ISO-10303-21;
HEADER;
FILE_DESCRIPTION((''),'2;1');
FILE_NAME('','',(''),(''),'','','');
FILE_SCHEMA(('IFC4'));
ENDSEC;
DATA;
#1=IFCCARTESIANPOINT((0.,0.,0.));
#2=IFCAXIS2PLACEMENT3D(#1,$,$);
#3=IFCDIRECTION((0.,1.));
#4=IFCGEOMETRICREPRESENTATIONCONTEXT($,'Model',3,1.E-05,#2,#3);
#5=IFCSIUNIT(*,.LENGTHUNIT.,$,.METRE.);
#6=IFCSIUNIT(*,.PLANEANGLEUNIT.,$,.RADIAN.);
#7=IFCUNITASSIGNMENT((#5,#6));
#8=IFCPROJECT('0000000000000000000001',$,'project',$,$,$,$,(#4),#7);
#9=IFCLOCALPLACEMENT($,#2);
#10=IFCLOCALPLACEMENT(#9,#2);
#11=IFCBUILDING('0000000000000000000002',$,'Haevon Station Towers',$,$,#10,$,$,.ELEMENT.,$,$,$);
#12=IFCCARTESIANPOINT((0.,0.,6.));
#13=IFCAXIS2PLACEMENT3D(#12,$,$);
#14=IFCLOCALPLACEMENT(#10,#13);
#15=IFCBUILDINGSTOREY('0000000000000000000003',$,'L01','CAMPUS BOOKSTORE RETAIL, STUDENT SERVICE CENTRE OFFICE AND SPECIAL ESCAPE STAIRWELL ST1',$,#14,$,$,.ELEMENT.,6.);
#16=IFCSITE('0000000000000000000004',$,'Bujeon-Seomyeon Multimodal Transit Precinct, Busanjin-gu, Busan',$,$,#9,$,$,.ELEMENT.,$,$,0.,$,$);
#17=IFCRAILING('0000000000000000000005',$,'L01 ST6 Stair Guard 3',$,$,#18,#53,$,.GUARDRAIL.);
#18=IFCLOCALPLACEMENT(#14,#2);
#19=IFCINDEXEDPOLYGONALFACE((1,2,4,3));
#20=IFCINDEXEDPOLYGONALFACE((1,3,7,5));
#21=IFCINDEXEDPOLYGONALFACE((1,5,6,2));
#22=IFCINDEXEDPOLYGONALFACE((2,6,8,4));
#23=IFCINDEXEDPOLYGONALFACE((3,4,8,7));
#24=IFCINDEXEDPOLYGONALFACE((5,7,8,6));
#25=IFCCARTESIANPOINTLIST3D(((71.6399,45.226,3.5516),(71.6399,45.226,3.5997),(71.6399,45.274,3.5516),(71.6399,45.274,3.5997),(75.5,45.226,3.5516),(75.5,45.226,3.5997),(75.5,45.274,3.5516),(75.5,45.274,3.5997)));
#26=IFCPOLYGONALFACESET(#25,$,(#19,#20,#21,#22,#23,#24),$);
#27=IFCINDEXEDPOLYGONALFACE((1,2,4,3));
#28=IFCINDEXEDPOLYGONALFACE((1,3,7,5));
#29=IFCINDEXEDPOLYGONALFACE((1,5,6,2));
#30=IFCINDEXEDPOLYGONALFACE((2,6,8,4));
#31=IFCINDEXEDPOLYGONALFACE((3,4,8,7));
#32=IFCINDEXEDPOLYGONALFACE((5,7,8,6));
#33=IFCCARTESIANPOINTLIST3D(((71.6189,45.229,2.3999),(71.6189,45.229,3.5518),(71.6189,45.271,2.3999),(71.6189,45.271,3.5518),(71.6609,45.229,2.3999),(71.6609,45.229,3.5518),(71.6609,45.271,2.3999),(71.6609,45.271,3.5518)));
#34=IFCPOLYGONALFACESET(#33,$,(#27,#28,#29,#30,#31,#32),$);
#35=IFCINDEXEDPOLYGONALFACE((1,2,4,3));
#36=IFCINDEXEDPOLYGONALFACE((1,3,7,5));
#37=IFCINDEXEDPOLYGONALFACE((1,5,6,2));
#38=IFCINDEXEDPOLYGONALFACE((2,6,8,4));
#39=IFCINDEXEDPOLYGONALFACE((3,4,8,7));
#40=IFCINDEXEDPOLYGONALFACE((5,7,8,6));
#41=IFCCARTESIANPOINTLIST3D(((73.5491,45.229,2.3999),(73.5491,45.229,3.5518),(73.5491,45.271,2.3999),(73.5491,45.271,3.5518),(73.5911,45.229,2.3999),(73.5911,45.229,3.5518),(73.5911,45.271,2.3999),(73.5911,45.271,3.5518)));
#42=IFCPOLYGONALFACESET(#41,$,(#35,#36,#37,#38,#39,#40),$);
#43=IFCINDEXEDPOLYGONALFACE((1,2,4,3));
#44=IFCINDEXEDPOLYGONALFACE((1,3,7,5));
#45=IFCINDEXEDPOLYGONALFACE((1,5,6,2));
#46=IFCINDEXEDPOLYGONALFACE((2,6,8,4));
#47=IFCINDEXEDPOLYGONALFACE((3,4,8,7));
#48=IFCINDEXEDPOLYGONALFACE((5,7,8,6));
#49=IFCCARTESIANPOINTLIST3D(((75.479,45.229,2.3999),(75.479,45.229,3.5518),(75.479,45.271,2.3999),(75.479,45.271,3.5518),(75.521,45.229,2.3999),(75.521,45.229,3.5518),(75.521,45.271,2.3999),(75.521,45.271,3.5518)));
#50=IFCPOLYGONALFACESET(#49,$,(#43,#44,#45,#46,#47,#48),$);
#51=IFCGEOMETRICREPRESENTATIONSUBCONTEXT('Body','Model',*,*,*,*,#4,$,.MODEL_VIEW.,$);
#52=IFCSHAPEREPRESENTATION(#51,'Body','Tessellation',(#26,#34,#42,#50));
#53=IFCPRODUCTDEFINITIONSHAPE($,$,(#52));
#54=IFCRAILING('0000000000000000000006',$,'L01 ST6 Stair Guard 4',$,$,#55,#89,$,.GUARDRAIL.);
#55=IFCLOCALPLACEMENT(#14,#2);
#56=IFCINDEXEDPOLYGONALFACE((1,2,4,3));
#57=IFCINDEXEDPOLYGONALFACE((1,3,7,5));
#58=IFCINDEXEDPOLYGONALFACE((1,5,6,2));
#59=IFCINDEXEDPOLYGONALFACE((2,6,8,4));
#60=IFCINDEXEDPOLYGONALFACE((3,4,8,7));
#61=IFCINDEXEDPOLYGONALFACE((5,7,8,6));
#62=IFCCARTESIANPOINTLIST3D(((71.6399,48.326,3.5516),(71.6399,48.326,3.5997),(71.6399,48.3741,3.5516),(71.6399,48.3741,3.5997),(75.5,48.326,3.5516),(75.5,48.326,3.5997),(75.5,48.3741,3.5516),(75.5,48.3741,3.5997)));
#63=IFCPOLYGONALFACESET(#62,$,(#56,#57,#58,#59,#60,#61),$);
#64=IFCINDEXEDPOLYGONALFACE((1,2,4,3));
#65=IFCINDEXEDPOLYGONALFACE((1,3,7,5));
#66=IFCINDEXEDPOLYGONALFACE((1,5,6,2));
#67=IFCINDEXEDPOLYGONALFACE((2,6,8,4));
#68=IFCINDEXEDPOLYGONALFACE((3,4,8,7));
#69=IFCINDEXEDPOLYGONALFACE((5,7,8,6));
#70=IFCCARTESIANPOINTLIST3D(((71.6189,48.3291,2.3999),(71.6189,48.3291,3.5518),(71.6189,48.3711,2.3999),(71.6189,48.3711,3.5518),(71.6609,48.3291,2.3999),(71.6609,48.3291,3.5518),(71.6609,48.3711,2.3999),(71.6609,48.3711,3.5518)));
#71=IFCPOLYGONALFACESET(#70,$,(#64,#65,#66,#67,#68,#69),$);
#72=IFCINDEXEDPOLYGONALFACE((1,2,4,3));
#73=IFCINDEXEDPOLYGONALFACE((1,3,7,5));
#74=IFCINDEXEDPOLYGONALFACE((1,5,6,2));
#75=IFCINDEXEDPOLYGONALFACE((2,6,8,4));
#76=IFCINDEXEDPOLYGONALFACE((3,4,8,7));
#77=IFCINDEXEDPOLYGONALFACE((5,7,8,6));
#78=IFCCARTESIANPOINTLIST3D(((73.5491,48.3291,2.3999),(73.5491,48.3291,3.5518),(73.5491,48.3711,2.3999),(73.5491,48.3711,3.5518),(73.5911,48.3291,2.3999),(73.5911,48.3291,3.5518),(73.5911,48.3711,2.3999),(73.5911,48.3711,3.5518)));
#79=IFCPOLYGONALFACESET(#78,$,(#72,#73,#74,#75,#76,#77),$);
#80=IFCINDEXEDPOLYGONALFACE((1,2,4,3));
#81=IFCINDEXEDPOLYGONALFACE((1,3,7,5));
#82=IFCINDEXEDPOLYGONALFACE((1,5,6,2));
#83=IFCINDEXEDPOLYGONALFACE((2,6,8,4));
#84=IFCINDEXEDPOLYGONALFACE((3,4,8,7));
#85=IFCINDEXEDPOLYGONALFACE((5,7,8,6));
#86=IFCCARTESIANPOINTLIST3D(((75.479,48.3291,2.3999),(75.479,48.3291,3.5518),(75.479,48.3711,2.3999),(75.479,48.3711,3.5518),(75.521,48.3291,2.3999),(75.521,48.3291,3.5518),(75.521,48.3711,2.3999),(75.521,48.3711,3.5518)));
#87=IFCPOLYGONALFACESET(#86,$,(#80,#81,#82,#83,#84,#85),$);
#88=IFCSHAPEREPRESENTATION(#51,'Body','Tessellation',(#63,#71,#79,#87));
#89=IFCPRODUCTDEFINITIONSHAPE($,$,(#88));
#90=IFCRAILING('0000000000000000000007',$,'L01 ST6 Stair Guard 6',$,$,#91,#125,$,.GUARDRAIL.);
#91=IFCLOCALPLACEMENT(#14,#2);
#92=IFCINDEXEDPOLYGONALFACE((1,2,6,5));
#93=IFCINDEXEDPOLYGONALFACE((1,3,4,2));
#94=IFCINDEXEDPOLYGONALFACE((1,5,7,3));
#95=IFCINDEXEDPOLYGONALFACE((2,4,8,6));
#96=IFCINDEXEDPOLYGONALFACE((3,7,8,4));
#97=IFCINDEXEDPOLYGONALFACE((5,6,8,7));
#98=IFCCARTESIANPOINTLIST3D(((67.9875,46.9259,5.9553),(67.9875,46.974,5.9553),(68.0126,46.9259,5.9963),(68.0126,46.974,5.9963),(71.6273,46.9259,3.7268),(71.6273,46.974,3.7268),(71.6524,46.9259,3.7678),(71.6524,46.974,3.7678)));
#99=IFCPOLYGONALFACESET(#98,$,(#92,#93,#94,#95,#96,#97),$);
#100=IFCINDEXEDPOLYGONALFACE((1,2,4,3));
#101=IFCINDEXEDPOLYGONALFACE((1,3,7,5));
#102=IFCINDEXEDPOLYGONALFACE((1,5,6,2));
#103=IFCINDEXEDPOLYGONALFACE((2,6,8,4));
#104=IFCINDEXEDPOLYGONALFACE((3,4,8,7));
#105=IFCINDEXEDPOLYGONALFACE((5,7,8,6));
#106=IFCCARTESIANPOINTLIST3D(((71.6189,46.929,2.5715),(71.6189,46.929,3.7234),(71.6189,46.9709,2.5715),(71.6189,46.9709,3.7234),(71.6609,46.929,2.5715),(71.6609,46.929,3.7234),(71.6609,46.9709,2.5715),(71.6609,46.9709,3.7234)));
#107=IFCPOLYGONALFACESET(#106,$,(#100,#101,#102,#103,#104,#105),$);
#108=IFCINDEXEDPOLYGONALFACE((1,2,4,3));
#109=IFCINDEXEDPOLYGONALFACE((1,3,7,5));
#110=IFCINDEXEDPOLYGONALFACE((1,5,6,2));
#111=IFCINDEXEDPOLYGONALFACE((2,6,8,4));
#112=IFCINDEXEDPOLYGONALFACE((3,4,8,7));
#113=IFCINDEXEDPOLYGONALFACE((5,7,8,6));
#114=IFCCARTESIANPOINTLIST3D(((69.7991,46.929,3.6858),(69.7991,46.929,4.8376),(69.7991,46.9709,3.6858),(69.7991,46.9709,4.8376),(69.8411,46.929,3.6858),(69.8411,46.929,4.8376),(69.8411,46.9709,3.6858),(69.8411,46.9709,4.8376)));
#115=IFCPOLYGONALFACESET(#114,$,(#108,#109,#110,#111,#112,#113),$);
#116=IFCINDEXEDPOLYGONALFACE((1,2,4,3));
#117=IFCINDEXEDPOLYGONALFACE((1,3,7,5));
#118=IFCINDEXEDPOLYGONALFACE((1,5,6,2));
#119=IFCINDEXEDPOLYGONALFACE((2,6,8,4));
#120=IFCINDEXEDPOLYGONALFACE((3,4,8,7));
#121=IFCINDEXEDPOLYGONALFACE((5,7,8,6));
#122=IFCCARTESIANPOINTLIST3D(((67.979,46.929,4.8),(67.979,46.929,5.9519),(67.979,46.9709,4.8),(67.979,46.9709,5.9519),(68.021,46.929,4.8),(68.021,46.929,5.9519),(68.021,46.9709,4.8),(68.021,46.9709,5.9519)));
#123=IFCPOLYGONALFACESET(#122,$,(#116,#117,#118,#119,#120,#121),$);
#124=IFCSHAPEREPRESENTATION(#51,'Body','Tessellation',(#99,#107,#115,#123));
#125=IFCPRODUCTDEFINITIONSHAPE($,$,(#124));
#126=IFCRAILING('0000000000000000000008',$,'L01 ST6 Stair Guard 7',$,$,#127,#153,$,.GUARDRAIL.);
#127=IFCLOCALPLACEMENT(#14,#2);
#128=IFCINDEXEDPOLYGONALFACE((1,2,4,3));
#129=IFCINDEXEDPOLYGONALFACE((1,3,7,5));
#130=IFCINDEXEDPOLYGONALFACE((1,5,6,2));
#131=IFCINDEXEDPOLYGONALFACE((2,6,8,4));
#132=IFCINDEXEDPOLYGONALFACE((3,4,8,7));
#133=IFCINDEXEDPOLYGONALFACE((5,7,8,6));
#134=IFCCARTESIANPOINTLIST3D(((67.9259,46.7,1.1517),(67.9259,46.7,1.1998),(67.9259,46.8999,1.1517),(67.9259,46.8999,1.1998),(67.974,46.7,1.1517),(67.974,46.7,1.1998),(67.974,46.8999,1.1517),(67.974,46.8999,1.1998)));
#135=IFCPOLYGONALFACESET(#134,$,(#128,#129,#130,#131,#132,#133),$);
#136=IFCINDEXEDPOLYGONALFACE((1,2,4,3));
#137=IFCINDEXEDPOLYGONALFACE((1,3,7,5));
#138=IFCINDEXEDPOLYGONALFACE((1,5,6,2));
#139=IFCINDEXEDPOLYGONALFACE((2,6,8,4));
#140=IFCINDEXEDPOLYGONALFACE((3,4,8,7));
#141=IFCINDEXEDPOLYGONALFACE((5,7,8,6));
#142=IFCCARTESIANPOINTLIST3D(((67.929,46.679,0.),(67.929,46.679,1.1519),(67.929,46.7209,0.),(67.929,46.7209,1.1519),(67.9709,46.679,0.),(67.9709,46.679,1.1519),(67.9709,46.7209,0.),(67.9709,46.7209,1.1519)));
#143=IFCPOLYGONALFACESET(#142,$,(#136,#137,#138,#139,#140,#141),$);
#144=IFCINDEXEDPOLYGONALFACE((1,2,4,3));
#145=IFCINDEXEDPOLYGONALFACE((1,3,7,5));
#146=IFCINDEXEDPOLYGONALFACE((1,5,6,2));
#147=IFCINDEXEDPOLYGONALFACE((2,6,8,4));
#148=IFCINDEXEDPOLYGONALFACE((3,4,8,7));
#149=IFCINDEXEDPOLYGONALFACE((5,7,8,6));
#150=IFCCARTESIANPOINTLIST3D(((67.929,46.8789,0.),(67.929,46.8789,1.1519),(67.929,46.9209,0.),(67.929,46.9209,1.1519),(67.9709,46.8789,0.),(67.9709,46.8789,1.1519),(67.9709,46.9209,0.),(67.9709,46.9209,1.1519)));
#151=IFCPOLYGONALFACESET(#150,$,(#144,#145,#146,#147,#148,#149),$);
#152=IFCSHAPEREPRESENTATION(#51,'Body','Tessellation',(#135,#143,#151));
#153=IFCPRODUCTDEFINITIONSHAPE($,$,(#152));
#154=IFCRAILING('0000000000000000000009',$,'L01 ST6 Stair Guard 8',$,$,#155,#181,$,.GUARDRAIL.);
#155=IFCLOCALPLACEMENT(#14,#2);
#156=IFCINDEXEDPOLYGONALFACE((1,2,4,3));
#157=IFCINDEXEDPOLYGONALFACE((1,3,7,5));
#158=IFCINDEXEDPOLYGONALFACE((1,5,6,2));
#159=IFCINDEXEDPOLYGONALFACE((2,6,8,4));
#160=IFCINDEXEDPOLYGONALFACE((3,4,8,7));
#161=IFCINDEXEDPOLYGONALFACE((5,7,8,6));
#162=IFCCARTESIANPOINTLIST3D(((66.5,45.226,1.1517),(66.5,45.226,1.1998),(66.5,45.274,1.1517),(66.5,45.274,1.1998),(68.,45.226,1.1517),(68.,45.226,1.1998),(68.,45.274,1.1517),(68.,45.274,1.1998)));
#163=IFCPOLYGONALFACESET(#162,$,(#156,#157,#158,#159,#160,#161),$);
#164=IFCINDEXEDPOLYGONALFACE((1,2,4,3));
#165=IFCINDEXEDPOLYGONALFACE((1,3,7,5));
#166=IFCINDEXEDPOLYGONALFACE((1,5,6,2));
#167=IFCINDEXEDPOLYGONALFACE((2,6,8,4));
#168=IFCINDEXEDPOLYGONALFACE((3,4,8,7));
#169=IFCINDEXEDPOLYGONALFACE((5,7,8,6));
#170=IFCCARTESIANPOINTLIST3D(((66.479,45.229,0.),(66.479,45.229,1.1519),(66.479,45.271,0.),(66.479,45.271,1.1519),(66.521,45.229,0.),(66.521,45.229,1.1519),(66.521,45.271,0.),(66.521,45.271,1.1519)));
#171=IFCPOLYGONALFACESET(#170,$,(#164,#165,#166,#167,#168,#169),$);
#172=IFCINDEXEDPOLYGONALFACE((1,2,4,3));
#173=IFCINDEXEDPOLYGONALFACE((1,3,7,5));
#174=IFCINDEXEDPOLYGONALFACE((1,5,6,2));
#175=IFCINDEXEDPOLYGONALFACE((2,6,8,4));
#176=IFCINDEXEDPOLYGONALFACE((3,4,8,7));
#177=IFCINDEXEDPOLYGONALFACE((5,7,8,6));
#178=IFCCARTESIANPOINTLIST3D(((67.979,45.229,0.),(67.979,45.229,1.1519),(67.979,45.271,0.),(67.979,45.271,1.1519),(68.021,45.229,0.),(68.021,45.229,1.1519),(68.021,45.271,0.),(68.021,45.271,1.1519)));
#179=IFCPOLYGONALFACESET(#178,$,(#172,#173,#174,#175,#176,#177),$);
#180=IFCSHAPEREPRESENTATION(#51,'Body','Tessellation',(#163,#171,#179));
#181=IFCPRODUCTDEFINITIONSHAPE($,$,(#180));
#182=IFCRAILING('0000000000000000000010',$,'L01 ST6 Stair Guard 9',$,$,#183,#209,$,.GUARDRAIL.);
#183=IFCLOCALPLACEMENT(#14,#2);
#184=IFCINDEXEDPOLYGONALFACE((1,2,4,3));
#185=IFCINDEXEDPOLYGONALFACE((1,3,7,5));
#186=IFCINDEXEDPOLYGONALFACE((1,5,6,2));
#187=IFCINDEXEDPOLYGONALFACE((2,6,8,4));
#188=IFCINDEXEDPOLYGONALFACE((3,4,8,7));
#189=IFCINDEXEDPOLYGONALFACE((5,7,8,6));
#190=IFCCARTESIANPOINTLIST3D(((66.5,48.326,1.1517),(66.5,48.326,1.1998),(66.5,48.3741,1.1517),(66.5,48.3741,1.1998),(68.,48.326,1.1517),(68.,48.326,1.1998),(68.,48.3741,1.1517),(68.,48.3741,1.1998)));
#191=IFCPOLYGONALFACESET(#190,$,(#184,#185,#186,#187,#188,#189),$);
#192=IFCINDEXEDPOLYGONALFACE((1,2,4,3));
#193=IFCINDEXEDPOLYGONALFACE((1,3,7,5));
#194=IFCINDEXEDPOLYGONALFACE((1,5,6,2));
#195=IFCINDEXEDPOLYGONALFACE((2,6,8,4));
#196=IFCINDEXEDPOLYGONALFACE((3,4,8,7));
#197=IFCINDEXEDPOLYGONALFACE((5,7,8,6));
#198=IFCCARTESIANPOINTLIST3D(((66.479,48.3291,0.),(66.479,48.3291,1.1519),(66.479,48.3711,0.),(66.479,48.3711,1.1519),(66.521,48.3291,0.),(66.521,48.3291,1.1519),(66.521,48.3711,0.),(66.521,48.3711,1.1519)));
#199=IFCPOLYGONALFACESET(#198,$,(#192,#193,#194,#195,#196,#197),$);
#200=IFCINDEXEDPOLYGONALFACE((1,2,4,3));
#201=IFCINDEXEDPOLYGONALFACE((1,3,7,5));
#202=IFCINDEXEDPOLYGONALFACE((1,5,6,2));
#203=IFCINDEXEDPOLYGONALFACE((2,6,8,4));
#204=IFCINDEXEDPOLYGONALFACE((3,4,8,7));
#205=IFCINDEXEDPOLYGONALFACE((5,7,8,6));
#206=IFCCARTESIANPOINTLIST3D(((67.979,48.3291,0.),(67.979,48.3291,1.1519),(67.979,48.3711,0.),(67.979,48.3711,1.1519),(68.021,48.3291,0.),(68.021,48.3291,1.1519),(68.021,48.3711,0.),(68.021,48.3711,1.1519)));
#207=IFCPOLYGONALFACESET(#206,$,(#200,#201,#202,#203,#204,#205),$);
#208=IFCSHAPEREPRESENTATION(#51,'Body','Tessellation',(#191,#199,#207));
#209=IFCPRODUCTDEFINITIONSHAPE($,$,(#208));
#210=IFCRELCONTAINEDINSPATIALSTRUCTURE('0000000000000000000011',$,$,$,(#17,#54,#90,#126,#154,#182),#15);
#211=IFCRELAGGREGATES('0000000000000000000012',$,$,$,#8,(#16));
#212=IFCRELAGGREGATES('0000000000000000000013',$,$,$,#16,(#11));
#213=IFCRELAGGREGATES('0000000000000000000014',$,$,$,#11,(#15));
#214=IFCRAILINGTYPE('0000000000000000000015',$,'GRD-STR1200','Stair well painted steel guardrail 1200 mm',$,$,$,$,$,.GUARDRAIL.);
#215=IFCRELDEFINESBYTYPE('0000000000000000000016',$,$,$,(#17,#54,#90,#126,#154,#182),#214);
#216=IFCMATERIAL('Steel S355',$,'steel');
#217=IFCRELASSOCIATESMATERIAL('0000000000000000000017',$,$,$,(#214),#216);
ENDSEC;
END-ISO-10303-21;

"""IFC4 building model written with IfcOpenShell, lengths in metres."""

from ifc_helpers import new_model, si_unit, direction, frame, origin, origin_2d, place, context, subcontext, project, spatial, rectangle, extrude, material, type_object, element, save


model = new_model("IFC4")

# Units and contexts
model_context = context("Model", 3, precision=1e-05, world=origin(), true_north=direction((0.0, 1.0)))
body_context = subcontext(model_context, "Body", "Model", "MODEL_VIEW")
ifc_project = project(units=[si_unit("LENGTHUNIT", "METRE"), si_unit("PLANEANGLEUNIT", "RADIAN")], contexts=[model_context])

# Site, building, storey
site_placement = place(None, origin())
site = spatial("IfcSite", under=ifc_project, at=site_placement, Name="Bujeon-Seomyeon Multimodal Transit Precinct, Busanjin-gu, Busan", CompositionType="ELEMENT", RefElevation=0.0)
building_placement = place(site_placement, origin())
building = spatial("IfcBuilding", under=site, at=building_placement, Name="Haevon Station Towers", CompositionType="ELEMENT")
storey_placement = place(building_placement, frame((0.0, 0.0, 6.0)))
storey = spatial("IfcBuildingStorey", under=building, at=storey_placement, Name="L01", Description="CAMPUS BOOKSTORE RETAIL, STUDENT SERVICE CENTRE OFFICE AND SPECIAL ESCAPE STAIRWELL ST1", CompositionType="ELEMENT", Elevation=6.0)

# Shared definitions
ifc_material_1 = material(Name="Steel S355", Category="steel")

# Railings
railing_type_1 = type_object("IfcRailingType", Name="GRD-STR1200", Description="Stair well painted steel guardrail 1200 mm", PredefinedType="GUARDRAIL", material=ifc_material_1)
for number, where, name in (
    (1, (71.6399, 45.25, 2.3999), "L01 ST6 Stair Guard 3"),
    (2, (71.6399, 48.3501, 2.3999), "L01 ST6 Stair Guard 4"),
):
    element("IfcRailing", number, at=place(storey_placement, frame(where)), inside=storey, type_object=railing_type_1, Name=name, PredefinedType="GUARDRAIL", context=body_context, shape_type="SweptSolid", body=[
        extrude(rectangle(XDim=0.0481, YDim=0.0481, at=origin_2d()), frame((0.0, 0.0, 1.1758), z_axis=(1.0, 0.0, 0.0), x_axis=(0.0, 1.0, 0.0)), (0.0, 0.0, 1.0), 3.8601),
        extrude(rectangle(XDim=0.042, YDim=0.042, at=origin_2d()), origin(), (0.0, 0.0, 1.0), 1.1519),
        extrude(rectangle(XDim=0.042, YDim=0.042, at=origin_2d()), frame((1.9302, 0.0, 0.0)), (0.0, 0.0, 1.0), 1.1519),
        extrude(rectangle(XDim=0.042, YDim=0.042, at=origin_2d()), frame((3.8601, 0.0, 0.0)), (0.0, 0.0, 1.0), 1.1519),
    ])
railing_1_placement = place(storey_placement, frame((71.6399, 46.95, 2.5715)))
element("IfcRailing", 3, at=railing_1_placement, inside=storey, type_object=railing_type_1, Name="L01 ST6 Stair Guard 6", PredefinedType="GUARDRAIL", context=body_context, shape_type="SweptSolid", body=[
    extrude(rectangle(XDim=0.0481, YDim=0.0481, at=origin_2d()), frame((0.0, 0.0, 1.1758), z_axis=(-0.85285, 0.0, 0.522156), x_axis=(0.0, -1.0, 0.0)), (0.0, 0.0, 1.0), 4.2678),
    extrude(rectangle(XDim=0.042, YDim=0.042, at=origin_2d()), origin(), (0.0, 0.0, 1.0), 1.1519),
    extrude(rectangle(XDim=0.042, YDim=0.042, at=origin_2d()), frame((-1.8198, 0.0, 1.1143)), (0.0, 0.0, 1.0), 1.1519),
    extrude(rectangle(XDim=0.042, YDim=0.042, at=origin_2d()), frame((-3.6399, 0.0, 2.2285)), (0.0, 0.0, 1.0), 1.1519),
])
railing_2_placement = place(storey_placement, frame((67.95, 46.7, 0.0)))
element("IfcRailing", 4, at=railing_2_placement, inside=storey, type_object=railing_type_1, Name="L01 ST6 Stair Guard 7", PredefinedType="GUARDRAIL", context=body_context, shape_type="SweptSolid", body=[
    extrude(rectangle(XDim=0.0481, YDim=0.0481, at=origin_2d()), frame((0.0, 0.0, 1.1758), z_axis=(0.0, 1.0, 0.0), x_axis=(-1.0, 0.0, 0.0)), (0.0, 0.0, 1.0), 0.2),
    extrude(rectangle(XDim=0.042, YDim=0.042, at=origin_2d()), origin(), (0.0, 0.0, 1.0), 1.1519),
    extrude(rectangle(XDim=0.042, YDim=0.042, at=origin_2d()), frame((0.0, 0.2, 0.0)), (0.0, 0.0, 1.0), 1.1519),
])
for number, where, name in (
    (5, (66.5, 45.25, 0.0), "L01 ST6 Stair Guard 8"),
    (6, (66.5, 48.3501, 0.0), "L01 ST6 Stair Guard 9"),
):
    element("IfcRailing", number, at=place(storey_placement, frame(where)), inside=storey, type_object=railing_type_1, Name=name, PredefinedType="GUARDRAIL", context=body_context, shape_type="SweptSolid", body=[
        extrude(rectangle(XDim=0.0481, YDim=0.0481, at=origin_2d()), frame((0.0, 0.0, 1.1758), z_axis=(1.0, 0.0, 0.0), x_axis=(0.0, 1.0, 0.0)), (0.0, 0.0, 1.0), 1.5),
        extrude(rectangle(XDim=0.042, YDim=0.042, at=origin_2d()), origin(), (0.0, 0.0, 1.0), 1.1519),
        extrude(rectangle(XDim=0.042, YDim=0.042, at=origin_2d()), frame((1.5, 0.0, 0.0)), (0.0, 0.0, 1.0), 1.1519),
    ])

save(model, "model.ifc")
